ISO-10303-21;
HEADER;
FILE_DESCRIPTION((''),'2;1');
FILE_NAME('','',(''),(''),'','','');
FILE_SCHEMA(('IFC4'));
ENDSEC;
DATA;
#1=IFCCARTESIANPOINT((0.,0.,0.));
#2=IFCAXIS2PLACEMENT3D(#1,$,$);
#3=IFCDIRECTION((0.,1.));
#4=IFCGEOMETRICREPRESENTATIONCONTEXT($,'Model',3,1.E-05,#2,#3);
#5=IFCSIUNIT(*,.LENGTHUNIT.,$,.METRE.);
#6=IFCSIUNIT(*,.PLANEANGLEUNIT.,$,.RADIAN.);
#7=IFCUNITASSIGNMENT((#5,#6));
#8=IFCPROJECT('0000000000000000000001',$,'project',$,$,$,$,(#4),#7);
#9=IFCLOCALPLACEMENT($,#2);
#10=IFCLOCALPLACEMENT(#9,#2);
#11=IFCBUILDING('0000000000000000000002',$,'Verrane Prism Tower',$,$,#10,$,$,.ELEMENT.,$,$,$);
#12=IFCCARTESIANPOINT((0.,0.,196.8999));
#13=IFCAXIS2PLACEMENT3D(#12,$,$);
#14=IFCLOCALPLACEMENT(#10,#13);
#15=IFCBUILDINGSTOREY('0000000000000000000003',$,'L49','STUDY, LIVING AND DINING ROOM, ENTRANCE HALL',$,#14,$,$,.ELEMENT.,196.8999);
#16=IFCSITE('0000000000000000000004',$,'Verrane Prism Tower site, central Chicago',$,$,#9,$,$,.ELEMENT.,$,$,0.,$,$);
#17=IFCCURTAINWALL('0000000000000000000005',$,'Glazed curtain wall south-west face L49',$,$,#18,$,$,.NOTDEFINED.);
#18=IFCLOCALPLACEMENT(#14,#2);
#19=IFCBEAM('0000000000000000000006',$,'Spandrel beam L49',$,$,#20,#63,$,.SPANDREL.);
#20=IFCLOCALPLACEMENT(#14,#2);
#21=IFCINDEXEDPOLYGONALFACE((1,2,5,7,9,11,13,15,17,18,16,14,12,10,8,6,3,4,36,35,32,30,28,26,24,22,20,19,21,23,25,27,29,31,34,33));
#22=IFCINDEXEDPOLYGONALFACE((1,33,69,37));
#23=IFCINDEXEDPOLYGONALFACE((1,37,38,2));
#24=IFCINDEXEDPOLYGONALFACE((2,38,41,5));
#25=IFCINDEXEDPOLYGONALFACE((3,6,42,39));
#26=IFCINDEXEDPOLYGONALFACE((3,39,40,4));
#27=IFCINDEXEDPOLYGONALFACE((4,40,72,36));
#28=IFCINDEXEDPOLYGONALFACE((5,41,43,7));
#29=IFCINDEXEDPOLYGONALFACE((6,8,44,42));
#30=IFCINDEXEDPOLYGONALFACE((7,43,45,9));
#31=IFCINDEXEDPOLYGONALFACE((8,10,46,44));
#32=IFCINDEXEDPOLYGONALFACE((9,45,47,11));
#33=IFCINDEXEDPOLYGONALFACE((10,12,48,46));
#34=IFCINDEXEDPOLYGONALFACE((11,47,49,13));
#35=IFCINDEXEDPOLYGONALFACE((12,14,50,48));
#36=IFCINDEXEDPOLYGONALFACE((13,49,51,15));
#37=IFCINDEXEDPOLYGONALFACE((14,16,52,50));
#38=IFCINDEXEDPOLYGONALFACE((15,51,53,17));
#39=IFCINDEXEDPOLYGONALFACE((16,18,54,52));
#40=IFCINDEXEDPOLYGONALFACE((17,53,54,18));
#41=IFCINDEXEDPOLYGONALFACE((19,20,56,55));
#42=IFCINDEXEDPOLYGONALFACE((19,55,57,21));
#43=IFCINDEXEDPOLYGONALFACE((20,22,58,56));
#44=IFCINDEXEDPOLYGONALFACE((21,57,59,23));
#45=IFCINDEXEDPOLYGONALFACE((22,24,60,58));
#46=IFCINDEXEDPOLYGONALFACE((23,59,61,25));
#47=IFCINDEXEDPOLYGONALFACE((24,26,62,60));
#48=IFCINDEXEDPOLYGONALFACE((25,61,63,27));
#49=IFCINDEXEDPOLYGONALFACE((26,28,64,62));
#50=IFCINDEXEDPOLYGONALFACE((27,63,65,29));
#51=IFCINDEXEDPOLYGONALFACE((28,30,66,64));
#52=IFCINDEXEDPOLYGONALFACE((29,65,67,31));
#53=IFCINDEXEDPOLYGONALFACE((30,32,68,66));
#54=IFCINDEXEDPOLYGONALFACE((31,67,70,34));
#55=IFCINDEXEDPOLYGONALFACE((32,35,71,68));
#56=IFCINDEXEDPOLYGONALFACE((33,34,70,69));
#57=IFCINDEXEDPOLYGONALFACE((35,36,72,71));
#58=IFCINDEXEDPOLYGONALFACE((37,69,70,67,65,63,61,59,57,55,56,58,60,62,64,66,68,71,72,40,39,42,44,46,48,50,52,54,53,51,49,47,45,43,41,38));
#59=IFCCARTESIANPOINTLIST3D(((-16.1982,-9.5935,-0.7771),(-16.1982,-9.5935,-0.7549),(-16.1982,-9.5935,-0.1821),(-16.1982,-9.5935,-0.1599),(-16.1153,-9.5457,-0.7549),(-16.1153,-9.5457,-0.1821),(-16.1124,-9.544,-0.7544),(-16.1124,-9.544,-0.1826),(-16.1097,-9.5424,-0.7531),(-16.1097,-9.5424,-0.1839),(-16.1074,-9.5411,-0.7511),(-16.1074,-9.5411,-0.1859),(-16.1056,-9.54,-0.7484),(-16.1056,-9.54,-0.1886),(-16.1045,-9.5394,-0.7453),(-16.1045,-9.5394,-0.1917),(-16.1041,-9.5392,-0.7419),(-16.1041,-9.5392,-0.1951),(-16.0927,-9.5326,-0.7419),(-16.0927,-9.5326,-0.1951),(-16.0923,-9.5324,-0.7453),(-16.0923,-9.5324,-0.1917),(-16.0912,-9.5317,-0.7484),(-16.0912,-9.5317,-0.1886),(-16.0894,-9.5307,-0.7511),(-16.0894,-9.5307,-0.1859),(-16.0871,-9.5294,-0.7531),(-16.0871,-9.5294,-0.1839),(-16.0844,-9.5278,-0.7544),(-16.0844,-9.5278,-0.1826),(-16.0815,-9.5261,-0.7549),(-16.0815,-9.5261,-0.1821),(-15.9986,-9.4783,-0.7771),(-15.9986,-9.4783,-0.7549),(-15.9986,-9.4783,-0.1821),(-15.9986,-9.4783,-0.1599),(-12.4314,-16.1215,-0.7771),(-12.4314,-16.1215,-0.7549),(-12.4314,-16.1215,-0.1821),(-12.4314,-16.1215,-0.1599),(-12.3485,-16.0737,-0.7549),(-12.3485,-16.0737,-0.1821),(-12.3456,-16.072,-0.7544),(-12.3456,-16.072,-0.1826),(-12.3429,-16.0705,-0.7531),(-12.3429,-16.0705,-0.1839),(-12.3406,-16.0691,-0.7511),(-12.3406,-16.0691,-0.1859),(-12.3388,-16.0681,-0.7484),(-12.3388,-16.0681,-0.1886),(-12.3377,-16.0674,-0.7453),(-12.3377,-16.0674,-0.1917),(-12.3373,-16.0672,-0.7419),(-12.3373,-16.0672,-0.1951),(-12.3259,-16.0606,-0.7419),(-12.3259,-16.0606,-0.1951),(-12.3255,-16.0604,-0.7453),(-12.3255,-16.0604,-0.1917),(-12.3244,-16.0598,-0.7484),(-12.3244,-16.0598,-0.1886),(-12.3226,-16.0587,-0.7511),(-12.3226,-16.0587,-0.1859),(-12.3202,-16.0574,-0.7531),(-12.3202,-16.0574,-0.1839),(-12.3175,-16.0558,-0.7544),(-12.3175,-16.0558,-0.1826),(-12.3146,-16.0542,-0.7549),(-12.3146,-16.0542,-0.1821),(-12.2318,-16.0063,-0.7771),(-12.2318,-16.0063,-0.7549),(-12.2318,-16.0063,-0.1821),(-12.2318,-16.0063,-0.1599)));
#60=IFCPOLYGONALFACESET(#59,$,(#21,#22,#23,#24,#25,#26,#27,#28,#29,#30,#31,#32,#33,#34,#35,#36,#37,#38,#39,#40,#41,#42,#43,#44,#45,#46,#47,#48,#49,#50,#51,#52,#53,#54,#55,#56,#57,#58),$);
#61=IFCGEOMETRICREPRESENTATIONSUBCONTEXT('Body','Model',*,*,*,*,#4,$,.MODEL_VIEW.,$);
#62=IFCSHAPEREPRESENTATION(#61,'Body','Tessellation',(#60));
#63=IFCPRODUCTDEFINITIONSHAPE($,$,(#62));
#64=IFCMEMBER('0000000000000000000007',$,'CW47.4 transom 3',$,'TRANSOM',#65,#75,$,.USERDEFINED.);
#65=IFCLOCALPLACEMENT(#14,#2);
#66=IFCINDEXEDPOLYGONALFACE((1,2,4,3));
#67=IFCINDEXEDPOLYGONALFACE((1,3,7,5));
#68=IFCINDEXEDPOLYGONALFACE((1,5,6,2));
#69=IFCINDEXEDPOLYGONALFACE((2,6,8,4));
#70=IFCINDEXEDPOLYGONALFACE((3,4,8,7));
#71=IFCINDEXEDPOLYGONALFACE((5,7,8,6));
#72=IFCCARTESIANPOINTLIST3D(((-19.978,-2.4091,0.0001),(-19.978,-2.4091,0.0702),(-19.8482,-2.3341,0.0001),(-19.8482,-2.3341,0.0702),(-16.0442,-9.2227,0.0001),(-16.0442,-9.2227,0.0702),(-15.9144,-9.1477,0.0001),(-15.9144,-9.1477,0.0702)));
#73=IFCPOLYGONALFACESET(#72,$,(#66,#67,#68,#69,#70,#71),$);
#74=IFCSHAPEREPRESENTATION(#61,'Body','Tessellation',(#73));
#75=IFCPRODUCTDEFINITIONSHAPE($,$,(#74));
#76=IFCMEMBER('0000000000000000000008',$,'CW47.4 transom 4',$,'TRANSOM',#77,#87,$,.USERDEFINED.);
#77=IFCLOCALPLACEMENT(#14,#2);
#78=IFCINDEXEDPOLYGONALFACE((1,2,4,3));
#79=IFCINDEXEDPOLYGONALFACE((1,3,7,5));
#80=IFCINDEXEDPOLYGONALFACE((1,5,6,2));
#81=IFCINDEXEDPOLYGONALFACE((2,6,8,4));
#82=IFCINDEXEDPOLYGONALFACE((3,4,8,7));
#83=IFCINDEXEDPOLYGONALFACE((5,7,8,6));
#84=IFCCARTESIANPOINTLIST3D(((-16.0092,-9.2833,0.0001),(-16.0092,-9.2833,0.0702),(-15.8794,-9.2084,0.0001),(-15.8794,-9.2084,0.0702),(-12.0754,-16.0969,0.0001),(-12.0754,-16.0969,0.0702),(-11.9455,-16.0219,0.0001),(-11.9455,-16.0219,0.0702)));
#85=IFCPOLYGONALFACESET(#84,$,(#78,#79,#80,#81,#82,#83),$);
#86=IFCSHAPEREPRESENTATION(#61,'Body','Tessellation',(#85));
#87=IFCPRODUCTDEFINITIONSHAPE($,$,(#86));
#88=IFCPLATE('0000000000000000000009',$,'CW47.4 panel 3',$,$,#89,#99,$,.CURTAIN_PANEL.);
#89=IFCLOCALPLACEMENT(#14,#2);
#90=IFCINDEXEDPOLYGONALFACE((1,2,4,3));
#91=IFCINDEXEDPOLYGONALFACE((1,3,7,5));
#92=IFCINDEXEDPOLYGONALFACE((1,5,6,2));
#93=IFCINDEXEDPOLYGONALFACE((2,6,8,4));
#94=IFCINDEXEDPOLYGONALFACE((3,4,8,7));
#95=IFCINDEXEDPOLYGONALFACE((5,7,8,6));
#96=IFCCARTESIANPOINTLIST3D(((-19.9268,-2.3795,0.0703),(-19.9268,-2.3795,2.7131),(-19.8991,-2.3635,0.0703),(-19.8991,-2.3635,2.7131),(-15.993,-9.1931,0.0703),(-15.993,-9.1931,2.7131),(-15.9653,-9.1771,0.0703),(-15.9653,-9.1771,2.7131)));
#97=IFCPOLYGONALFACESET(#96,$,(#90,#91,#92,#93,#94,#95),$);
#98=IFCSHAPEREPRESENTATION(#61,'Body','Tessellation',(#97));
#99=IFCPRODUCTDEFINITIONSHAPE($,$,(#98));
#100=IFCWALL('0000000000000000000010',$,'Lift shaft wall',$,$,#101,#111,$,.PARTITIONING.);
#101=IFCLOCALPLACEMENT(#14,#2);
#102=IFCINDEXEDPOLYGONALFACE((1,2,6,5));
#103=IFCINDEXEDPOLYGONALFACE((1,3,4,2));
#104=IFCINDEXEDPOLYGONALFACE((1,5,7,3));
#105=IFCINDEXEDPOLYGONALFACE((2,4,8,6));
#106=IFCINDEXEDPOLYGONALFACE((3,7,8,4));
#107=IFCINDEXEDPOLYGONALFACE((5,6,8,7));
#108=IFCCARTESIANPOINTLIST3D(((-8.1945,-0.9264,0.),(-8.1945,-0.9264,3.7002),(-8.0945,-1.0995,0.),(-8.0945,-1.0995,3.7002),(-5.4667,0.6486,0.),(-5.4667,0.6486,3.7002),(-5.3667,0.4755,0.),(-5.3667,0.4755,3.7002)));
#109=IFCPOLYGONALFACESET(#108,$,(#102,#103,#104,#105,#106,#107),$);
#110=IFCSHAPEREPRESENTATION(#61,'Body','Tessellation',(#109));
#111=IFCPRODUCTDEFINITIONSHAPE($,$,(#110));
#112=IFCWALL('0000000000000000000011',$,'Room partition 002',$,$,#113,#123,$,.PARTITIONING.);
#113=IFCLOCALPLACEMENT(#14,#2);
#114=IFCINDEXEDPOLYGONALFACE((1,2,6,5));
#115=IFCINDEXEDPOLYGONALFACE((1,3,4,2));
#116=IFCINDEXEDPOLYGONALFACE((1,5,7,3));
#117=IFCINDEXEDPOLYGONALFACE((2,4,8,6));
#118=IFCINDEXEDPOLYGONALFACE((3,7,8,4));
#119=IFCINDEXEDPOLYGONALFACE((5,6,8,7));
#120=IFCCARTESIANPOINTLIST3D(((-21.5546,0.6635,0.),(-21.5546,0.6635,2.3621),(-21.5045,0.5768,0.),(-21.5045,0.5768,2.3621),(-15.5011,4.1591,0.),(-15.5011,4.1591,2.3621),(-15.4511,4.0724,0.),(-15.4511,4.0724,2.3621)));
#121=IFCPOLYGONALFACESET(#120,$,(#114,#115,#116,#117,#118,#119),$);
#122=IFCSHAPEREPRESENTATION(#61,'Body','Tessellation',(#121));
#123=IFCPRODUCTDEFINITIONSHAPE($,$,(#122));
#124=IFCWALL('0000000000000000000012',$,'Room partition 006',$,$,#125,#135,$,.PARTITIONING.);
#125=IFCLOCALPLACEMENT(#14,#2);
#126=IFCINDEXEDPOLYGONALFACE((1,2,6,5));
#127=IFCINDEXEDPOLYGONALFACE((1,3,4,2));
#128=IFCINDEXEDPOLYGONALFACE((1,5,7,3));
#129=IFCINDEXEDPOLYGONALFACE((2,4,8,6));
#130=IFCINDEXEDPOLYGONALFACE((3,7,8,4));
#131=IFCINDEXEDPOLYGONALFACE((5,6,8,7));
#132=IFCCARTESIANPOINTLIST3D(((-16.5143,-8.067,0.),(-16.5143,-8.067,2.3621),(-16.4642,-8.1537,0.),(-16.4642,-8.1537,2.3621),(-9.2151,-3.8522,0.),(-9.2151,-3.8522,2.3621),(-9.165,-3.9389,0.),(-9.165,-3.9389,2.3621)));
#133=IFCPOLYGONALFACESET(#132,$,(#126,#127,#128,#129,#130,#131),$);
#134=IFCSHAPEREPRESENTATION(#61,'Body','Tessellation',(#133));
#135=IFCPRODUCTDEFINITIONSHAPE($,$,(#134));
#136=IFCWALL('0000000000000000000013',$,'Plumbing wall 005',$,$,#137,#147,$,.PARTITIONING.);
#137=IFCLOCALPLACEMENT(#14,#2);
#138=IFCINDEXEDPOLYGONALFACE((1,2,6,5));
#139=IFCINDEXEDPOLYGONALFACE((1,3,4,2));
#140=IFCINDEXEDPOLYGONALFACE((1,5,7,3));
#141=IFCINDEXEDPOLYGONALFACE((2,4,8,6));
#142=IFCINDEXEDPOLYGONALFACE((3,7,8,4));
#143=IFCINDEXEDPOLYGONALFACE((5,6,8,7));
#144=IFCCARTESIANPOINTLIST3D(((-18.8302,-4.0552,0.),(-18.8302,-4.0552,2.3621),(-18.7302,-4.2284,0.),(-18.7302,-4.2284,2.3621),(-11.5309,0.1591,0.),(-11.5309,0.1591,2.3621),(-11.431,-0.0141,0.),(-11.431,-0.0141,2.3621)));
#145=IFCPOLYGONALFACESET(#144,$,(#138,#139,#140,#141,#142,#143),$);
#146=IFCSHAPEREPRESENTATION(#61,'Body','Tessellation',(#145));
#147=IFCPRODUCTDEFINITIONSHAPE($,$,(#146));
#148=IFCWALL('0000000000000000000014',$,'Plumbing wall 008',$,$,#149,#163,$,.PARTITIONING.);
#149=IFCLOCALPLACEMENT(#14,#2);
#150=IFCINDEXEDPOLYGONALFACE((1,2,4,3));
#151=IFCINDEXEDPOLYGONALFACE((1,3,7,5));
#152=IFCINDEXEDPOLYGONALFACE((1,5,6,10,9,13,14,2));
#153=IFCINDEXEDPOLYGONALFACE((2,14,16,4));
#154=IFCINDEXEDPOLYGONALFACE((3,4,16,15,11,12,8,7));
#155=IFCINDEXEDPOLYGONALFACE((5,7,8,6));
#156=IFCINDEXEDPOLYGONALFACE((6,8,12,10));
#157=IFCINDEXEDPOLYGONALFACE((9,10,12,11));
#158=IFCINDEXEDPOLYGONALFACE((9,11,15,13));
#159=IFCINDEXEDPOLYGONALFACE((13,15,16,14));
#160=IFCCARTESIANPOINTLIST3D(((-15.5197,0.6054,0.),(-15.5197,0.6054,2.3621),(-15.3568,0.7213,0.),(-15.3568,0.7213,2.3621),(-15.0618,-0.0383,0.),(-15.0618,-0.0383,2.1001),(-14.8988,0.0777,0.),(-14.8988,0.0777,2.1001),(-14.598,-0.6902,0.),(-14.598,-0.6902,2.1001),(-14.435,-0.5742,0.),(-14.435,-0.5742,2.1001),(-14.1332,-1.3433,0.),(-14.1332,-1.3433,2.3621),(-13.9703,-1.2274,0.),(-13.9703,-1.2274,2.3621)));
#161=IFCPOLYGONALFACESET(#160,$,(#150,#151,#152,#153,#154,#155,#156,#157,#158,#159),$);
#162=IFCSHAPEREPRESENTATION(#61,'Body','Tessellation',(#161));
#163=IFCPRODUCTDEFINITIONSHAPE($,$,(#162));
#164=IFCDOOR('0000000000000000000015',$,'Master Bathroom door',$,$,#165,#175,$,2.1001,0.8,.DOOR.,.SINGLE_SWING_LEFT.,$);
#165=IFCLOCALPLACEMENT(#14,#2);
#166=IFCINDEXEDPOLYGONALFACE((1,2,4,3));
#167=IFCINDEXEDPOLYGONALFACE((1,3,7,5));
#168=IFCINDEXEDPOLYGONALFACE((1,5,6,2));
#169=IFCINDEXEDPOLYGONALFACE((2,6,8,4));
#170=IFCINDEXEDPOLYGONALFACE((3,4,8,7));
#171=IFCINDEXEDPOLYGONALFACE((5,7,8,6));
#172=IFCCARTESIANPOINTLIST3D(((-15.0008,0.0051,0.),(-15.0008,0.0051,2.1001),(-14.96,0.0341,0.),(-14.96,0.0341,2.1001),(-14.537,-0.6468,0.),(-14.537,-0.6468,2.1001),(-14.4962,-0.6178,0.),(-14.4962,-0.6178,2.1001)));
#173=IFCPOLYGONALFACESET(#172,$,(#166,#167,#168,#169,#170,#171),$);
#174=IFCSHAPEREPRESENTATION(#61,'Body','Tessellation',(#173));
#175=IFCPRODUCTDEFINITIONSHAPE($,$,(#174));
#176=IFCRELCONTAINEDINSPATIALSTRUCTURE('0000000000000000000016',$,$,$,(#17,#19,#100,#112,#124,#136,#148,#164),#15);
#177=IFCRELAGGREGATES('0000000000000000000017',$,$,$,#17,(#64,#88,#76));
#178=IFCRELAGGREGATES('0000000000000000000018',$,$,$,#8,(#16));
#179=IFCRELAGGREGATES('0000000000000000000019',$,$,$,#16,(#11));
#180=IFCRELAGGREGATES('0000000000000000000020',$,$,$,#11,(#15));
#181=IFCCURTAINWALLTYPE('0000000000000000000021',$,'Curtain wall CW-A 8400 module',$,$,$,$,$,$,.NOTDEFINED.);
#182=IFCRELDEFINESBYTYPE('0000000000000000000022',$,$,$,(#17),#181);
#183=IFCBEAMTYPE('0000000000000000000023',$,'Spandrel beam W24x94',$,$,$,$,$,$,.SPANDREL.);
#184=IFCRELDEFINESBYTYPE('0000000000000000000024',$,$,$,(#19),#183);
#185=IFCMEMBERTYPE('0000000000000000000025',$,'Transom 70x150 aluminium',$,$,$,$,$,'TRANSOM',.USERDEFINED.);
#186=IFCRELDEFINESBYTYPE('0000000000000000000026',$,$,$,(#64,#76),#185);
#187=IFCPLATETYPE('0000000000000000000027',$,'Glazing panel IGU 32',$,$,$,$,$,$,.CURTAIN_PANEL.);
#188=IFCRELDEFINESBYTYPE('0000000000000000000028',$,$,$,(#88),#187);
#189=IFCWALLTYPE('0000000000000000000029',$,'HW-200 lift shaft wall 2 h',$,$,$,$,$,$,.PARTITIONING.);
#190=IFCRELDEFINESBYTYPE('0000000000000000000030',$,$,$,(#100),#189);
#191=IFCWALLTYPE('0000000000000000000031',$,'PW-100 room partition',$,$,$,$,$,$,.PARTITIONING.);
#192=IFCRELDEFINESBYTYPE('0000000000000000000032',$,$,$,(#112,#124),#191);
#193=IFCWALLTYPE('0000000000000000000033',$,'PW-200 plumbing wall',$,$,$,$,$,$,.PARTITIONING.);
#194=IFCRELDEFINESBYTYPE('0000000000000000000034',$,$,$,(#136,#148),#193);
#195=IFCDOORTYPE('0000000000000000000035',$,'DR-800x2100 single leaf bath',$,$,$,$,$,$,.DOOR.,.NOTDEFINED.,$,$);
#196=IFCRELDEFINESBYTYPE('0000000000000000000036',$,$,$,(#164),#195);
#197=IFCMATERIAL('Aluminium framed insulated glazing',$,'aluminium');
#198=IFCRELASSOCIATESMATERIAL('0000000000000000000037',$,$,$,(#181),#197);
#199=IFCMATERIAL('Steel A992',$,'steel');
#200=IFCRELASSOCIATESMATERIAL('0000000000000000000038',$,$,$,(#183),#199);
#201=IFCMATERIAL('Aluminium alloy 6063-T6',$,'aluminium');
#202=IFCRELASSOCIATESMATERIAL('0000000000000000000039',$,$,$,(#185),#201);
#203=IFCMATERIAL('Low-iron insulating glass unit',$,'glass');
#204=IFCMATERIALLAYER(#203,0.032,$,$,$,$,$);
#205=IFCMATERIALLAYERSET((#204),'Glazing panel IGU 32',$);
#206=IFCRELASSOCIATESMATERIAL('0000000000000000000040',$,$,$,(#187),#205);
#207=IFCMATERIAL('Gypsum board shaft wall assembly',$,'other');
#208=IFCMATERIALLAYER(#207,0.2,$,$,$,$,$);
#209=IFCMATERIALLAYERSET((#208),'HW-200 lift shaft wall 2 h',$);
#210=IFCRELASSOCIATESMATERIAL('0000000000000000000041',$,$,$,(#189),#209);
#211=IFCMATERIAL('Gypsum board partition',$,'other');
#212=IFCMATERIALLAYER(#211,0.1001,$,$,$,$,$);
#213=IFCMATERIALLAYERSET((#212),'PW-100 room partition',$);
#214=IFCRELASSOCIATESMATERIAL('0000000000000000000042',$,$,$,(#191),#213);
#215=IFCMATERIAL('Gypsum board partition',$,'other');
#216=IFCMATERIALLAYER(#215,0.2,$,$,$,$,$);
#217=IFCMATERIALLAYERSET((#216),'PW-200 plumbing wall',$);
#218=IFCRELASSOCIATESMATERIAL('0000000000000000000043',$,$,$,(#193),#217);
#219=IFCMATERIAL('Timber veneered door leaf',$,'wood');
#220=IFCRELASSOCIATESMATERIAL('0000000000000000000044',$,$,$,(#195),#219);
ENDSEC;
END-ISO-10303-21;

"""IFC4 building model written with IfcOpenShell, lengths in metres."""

from ifc_helpers import new_model, si_unit, direction, frame, frame_2d, origin, origin_2d, place, context, subcontext, project, spatial, rectangle, i_section, extrude, material, layer, layer_set, material_profile, profile_set, type_object, element, fill, aggregate, save


model = new_model("IFC4")

# Units and contexts
model_context = context("Model", 3, precision=1e-05, world=origin(), true_north=direction((0.0, 1.0)))
body_context = subcontext(model_context, "Body", "Model", "MODEL_VIEW")
ifc_project = project(units=[si_unit("LENGTHUNIT", "METRE"), si_unit("PLANEANGLEUNIT", "RADIAN")], contexts=[model_context])

# Site, building, storey
site_placement = place(None, origin())
site = spatial("IfcSite", under=ifc_project, at=site_placement, Name="Verrane Prism Tower site, central Chicago", CompositionType="ELEMENT", RefElevation=0.0)
building_placement = place(site_placement, origin())
building = spatial("IfcBuilding", under=site, at=building_placement, Name="Verrane Prism Tower", CompositionType="ELEMENT")
storey_placement = place(building_placement, frame((0.0, 0.0, 196.8999)))
storey = spatial("IfcBuildingStorey", under=building, at=storey_placement, Name="L49", Description="STUDY, LIVING AND DINING ROOM, ENTRANCE HALL", CompositionType="ELEMENT", Elevation=196.8999)

# Curtain wall
ifc_material_1 = material(Name="Aluminium framed insulated glazing", Category="aluminium")
curtain_wall_type = type_object("IfcCurtainWallType", Name="Curtain wall CW-A 8400 module", PredefinedType="NOTDEFINED", material=ifc_material_1)
curtain_wall_placement = place(storey_placement, origin())
curtain_wall = element("IfcCurtainWall", 1, at=curtain_wall_placement, inside=storey, type_object=curtain_wall_type, Name="Glazed curtain wall south-west face L49", PredefinedType="NOTDEFINED")

# Beam
ifc_material_2 = material(Name="Steel A992", Category="steel")
ifc_material_profile_1 = material_profile(ifc_material_2, i_section(OverallWidth=0.2305, OverallDepth=0.6172, WebThickness=0.0132, FlangeThickness=0.0222, FilletRadius=0.0129, at=origin_2d()), Name="W24x94")
ifc_profile_set_1 = profile_set([ifc_material_profile_1], Name="Steel A992")
beam_type_1 = type_object("IfcBeamType", Name="Spandrel beam W24x94", PredefinedType="SPANDREL", material=ifc_profile_set_1)
beam_1_placement = place(storey_placement, frame((-16.0984, -9.5359, -0.4685), z_axis=(0.499787, -0.866148, 0.0), x_axis=(0.866148, 0.499787, 0.0)))
element("IfcBeam", 2, at=beam_1_placement, inside=storey, type_object=beam_type_1, Name="Spandrel beam L49", PredefinedType="SPANDREL", context=body_context, shape_type="SweptSolid", body=[
    extrude(i_section(OverallWidth=0.2305, OverallDepth=0.6172, WebThickness=0.0132, FlangeThickness=0.0222, FilletRadius=0.0129, at=origin_2d()), origin(), (0.0, 0.0, 1.0), 7.5369),
])

# Members
ifc_material_3 = material(Name="Aluminium alloy 6063-T6", Category="aluminium")
ifc_material_profile_2 = material_profile(ifc_material_3, rectangle(XDim=0.1499, YDim=0.0701, at=origin_2d()), Name="Transom 70x150 aluminium")
ifc_profile_set_2 = profile_set([ifc_material_profile_2], Name="Aluminium alloy 6063-T6")
member_type_1 = type_object("IfcMemberType", Name="Transom 70x150 aluminium", ElementType="TRANSOM", PredefinedType="USERDEFINED", material=ifc_profile_set_2)
member_1_placement = place(storey_placement, frame((-19.9131, -2.3716, 0.0352), z_axis=(0.499994, -0.866029, 0.0), x_axis=(0.866029, 0.499994, 0.0)))
member_1 = element("IfcMember", 3, at=member_1_placement, type_object=member_type_1, Name="CW47.4 transom 3", ObjectType="TRANSOM", PredefinedType="USERDEFINED", context=body_context, shape_type="SweptSolid", body=[
    extrude(rectangle(XDim=0.1499, YDim=0.0701, at=origin_2d()), origin(), (0.0, 0.0, 1.0), 7.8677),
])
member_2_placement = place(storey_placement, frame((-15.9443, -9.2458, 0.0352), z_axis=(0.500007, -0.866021, 0.0), x_axis=(0.866021, 0.500007, 0.0)))
member_2 = element("IfcMember", 4, at=member_2_placement, type_object=member_type_1, Name="CW47.4 transom 4", ObjectType="TRANSOM", PredefinedType="USERDEFINED", context=body_context, shape_type="SweptSolid", body=[
    extrude(rectangle(XDim=0.1499, YDim=0.0701, at=origin_2d()), origin(), (0.0, 0.0, 1.0), 7.8677),
])

# Plate
ifc_material_4 = material(Name="Low-iron insulating glass unit", Category="glass")
ifc_layer_1 = layer(ifc_material_4, 0.032)
ifc_layer_set_1 = layer_set([ifc_layer_1], Name="Glazing panel IGU 32")
plate_type = type_object("IfcPlateType", Name="Glazing panel IGU 32", PredefinedType="CURTAIN_PANEL", material=ifc_layer_set_1)
plate_placement = place(storey_placement, frame((-17.946, -5.7783, 0.0703), z_axis=(0.0, 0.0, 1.0), x_axis=(0.5, -0.866026, 0.0)))
plate = element("IfcPlate", 5, at=plate_placement, type_object=plate_type, Name="CW47.4 panel 3", PredefinedType="CURTAIN_PANEL", context=body_context, shape_type="SweptSolid", body=[
    extrude(rectangle(XDim=7.8677, YDim=0.032, at=origin_2d()), origin(), (0.0, 0.0, 1.0), 2.6428),
])
aggregate(curtain_wall, [member_1, plate, member_2])

# Walls
ifc_material_5 = material(Name="Gypsum board shaft wall assembly", Category="other")
ifc_layer_2 = layer(ifc_material_5, 0.2)
ifc_layer_set_2 = layer_set([ifc_layer_2], Name="HW-200 lift shaft wall 2 h")
wall_type_1 = type_object("IfcWallType", Name="HW-200 lift shaft wall 2 h", PredefinedType="PARTITIONING", material=ifc_layer_set_2)
wall_1_placement = place(storey_placement, frame((-8.1445, -1.0129, 0.0), z_axis=(0.0, 0.0, 1.0), x_axis=(0.866016, 0.500015, 0.0)))
element("IfcWall", 6, at=wall_1_placement, inside=storey, type_object=wall_type_1, Name="Lift shaft wall", PredefinedType="PARTITIONING", context=body_context, shape_type="SweptSolid", body=[
    extrude(rectangle(XDim=3.1499, YDim=0.2, at=frame_2d((1.575, 0.0))), origin(), (0.0, 0.0, 1.0), 3.7002),
])
ifc_material_6 = material(Name="Gypsum board partition", Category="other")
ifc_layer_3 = layer(ifc_material_6, 0.1001)
ifc_layer_set_3 = layer_set([ifc_layer_3], Name="PW-100 room partition")
wall_type_2 = type_object("IfcWallType", Name="PW-100 room partition", PredefinedType="PARTITIONING", material=ifc_layer_set_3)
wall_2_placement = place(storey_placement, frame((-21.5295, 0.6201, 0.0), z_axis=(0.0, 0.0, 1.0), x_axis=(0.865986, 0.500068, 0.0)))
element("IfcWall", 7, at=wall_2_placement, inside=storey, type_object=wall_type_2, Name="Room partition 002", PredefinedType="PARTITIONING", context=body_context, shape_type="SweptSolid", body=[
    extrude(rectangle(XDim=6.9902, YDim=0.1001, at=frame_2d((3.4951, 0.0))), origin(), (0.0, 0.0, 1.0), 2.3621),
])
wall_3_placement = place(storey_placement, frame((-16.4893, -8.1104, 0.0), z_axis=(0.0, 0.0, 1.0), x_axis=(0.865996, 0.500052, 0.0)))
element("IfcWall", 8, at=wall_3_placement, inside=storey, type_object=wall_type_2, Name="Room partition 006", PredefinedType="PARTITIONING", context=body_context, shape_type="SweptSolid", body=[
    extrude(rectangle(XDim=8.4287, YDim=0.1001, at=frame_2d((4.2144, 0.0))), origin(), (0.0, 0.0, 1.0), 2.3621),
])
ifc_material_7 = material(Name="Gypsum board partition", Category="other")
ifc_layer_4 = layer(ifc_material_7, 0.2)
ifc_layer_set_4 = layer_set([ifc_layer_4], Name="PW-200 plumbing wall")
wall_type_3 = type_object("IfcWallType", Name="PW-200 plumbing wall", PredefinedType="PARTITIONING", material=ifc_layer_set_4)
wall_4_placement = place(storey_placement, frame((-18.7803, -4.1418, 0.0), z_axis=(0.0, 0.0, 1.0), x_axis=(0.866021, 0.500008, 0.0)))
element("IfcWall", 9, at=wall_4_placement, inside=storey, type_object=wall_type_3, Name="Plumbing wall 005", PredefinedType="PARTITIONING", context=body_context, shape_type="SweptSolid", body=[
    extrude(rectangle(XDim=8.4285, YDim=0.2, at=frame_2d((4.2144, 0.0))), origin(), (0.0, 0.0, 1.0), 2.3621),
])

# Wall, opening, door
wall_5_placement = place(storey_placement, frame((-15.4382, 0.6633, 0.0), z_axis=(0.0, 0.0, 1.0), x_axis=(0.579721, -0.814815, 0.0)))
wall_5 = element("IfcWall", 10, at=wall_5_placement, inside=storey, type_object=wall_type_3, Name="Plumbing wall 008", PredefinedType="PARTITIONING", context=body_context, shape_type="SweptSolid", body=[
    extrude(rectangle(XDim=2.3916, YDim=0.2, at=frame_2d((1.1958, 0.0))), origin(), (0.0, 0.0, 1.0), 2.3621),
])
opening_1_placement = place(wall_5_placement, frame((0.79, 0.0, 0.0)))
opening_1 = element("IfcOpeningElement", 11, at=opening_1_placement, cuts=wall_5, PredefinedType="OPENING", context=body_context, shape_type="SweptSolid", body=[
    extrude(rectangle(XDim=0.8, YDim=2.1001, at=frame_2d((0.3999, 1.05))), frame((0.0, 0.1099, 0.0), z_axis=(0.0, -1.0, 0.0), x_axis=(1.0, 0.0, 0.0)), (0.0, 0.0, 1.0), 0.22),
])
ifc_material_8 = material(Name="Timber veneered door leaf", Category="wood")
door_type = type_object("IfcDoorType", Name="DR-800x2100 single leaf bath", OperationType="NOTDEFINED", PredefinedType="DOOR", material=ifc_material_8)
door_1_placement = place(opening_1_placement, origin())
door_1 = element("IfcDoor", 12, at=door_1_placement, inside=storey, type_object=door_type, Name="Master Bathroom door", OperationType="SINGLE_SWING_LEFT", OverallHeight=2.1001, OverallWidth=0.8, PredefinedType="DOOR", context=body_context, shape_type="SweptSolid", body=[
    extrude(rectangle(XDim=0.8, YDim=2.1001, at=frame_2d((0.3999, 1.05))), frame((0.0, 0.0249, 0.0), z_axis=(0.0, -1.0, 0.0), x_axis=(1.0, 0.0, 0.0)), (0.0, 0.0, 1.0), 0.05),
])
fill(opening_1, door_1)

save(model, "model.ifc")
